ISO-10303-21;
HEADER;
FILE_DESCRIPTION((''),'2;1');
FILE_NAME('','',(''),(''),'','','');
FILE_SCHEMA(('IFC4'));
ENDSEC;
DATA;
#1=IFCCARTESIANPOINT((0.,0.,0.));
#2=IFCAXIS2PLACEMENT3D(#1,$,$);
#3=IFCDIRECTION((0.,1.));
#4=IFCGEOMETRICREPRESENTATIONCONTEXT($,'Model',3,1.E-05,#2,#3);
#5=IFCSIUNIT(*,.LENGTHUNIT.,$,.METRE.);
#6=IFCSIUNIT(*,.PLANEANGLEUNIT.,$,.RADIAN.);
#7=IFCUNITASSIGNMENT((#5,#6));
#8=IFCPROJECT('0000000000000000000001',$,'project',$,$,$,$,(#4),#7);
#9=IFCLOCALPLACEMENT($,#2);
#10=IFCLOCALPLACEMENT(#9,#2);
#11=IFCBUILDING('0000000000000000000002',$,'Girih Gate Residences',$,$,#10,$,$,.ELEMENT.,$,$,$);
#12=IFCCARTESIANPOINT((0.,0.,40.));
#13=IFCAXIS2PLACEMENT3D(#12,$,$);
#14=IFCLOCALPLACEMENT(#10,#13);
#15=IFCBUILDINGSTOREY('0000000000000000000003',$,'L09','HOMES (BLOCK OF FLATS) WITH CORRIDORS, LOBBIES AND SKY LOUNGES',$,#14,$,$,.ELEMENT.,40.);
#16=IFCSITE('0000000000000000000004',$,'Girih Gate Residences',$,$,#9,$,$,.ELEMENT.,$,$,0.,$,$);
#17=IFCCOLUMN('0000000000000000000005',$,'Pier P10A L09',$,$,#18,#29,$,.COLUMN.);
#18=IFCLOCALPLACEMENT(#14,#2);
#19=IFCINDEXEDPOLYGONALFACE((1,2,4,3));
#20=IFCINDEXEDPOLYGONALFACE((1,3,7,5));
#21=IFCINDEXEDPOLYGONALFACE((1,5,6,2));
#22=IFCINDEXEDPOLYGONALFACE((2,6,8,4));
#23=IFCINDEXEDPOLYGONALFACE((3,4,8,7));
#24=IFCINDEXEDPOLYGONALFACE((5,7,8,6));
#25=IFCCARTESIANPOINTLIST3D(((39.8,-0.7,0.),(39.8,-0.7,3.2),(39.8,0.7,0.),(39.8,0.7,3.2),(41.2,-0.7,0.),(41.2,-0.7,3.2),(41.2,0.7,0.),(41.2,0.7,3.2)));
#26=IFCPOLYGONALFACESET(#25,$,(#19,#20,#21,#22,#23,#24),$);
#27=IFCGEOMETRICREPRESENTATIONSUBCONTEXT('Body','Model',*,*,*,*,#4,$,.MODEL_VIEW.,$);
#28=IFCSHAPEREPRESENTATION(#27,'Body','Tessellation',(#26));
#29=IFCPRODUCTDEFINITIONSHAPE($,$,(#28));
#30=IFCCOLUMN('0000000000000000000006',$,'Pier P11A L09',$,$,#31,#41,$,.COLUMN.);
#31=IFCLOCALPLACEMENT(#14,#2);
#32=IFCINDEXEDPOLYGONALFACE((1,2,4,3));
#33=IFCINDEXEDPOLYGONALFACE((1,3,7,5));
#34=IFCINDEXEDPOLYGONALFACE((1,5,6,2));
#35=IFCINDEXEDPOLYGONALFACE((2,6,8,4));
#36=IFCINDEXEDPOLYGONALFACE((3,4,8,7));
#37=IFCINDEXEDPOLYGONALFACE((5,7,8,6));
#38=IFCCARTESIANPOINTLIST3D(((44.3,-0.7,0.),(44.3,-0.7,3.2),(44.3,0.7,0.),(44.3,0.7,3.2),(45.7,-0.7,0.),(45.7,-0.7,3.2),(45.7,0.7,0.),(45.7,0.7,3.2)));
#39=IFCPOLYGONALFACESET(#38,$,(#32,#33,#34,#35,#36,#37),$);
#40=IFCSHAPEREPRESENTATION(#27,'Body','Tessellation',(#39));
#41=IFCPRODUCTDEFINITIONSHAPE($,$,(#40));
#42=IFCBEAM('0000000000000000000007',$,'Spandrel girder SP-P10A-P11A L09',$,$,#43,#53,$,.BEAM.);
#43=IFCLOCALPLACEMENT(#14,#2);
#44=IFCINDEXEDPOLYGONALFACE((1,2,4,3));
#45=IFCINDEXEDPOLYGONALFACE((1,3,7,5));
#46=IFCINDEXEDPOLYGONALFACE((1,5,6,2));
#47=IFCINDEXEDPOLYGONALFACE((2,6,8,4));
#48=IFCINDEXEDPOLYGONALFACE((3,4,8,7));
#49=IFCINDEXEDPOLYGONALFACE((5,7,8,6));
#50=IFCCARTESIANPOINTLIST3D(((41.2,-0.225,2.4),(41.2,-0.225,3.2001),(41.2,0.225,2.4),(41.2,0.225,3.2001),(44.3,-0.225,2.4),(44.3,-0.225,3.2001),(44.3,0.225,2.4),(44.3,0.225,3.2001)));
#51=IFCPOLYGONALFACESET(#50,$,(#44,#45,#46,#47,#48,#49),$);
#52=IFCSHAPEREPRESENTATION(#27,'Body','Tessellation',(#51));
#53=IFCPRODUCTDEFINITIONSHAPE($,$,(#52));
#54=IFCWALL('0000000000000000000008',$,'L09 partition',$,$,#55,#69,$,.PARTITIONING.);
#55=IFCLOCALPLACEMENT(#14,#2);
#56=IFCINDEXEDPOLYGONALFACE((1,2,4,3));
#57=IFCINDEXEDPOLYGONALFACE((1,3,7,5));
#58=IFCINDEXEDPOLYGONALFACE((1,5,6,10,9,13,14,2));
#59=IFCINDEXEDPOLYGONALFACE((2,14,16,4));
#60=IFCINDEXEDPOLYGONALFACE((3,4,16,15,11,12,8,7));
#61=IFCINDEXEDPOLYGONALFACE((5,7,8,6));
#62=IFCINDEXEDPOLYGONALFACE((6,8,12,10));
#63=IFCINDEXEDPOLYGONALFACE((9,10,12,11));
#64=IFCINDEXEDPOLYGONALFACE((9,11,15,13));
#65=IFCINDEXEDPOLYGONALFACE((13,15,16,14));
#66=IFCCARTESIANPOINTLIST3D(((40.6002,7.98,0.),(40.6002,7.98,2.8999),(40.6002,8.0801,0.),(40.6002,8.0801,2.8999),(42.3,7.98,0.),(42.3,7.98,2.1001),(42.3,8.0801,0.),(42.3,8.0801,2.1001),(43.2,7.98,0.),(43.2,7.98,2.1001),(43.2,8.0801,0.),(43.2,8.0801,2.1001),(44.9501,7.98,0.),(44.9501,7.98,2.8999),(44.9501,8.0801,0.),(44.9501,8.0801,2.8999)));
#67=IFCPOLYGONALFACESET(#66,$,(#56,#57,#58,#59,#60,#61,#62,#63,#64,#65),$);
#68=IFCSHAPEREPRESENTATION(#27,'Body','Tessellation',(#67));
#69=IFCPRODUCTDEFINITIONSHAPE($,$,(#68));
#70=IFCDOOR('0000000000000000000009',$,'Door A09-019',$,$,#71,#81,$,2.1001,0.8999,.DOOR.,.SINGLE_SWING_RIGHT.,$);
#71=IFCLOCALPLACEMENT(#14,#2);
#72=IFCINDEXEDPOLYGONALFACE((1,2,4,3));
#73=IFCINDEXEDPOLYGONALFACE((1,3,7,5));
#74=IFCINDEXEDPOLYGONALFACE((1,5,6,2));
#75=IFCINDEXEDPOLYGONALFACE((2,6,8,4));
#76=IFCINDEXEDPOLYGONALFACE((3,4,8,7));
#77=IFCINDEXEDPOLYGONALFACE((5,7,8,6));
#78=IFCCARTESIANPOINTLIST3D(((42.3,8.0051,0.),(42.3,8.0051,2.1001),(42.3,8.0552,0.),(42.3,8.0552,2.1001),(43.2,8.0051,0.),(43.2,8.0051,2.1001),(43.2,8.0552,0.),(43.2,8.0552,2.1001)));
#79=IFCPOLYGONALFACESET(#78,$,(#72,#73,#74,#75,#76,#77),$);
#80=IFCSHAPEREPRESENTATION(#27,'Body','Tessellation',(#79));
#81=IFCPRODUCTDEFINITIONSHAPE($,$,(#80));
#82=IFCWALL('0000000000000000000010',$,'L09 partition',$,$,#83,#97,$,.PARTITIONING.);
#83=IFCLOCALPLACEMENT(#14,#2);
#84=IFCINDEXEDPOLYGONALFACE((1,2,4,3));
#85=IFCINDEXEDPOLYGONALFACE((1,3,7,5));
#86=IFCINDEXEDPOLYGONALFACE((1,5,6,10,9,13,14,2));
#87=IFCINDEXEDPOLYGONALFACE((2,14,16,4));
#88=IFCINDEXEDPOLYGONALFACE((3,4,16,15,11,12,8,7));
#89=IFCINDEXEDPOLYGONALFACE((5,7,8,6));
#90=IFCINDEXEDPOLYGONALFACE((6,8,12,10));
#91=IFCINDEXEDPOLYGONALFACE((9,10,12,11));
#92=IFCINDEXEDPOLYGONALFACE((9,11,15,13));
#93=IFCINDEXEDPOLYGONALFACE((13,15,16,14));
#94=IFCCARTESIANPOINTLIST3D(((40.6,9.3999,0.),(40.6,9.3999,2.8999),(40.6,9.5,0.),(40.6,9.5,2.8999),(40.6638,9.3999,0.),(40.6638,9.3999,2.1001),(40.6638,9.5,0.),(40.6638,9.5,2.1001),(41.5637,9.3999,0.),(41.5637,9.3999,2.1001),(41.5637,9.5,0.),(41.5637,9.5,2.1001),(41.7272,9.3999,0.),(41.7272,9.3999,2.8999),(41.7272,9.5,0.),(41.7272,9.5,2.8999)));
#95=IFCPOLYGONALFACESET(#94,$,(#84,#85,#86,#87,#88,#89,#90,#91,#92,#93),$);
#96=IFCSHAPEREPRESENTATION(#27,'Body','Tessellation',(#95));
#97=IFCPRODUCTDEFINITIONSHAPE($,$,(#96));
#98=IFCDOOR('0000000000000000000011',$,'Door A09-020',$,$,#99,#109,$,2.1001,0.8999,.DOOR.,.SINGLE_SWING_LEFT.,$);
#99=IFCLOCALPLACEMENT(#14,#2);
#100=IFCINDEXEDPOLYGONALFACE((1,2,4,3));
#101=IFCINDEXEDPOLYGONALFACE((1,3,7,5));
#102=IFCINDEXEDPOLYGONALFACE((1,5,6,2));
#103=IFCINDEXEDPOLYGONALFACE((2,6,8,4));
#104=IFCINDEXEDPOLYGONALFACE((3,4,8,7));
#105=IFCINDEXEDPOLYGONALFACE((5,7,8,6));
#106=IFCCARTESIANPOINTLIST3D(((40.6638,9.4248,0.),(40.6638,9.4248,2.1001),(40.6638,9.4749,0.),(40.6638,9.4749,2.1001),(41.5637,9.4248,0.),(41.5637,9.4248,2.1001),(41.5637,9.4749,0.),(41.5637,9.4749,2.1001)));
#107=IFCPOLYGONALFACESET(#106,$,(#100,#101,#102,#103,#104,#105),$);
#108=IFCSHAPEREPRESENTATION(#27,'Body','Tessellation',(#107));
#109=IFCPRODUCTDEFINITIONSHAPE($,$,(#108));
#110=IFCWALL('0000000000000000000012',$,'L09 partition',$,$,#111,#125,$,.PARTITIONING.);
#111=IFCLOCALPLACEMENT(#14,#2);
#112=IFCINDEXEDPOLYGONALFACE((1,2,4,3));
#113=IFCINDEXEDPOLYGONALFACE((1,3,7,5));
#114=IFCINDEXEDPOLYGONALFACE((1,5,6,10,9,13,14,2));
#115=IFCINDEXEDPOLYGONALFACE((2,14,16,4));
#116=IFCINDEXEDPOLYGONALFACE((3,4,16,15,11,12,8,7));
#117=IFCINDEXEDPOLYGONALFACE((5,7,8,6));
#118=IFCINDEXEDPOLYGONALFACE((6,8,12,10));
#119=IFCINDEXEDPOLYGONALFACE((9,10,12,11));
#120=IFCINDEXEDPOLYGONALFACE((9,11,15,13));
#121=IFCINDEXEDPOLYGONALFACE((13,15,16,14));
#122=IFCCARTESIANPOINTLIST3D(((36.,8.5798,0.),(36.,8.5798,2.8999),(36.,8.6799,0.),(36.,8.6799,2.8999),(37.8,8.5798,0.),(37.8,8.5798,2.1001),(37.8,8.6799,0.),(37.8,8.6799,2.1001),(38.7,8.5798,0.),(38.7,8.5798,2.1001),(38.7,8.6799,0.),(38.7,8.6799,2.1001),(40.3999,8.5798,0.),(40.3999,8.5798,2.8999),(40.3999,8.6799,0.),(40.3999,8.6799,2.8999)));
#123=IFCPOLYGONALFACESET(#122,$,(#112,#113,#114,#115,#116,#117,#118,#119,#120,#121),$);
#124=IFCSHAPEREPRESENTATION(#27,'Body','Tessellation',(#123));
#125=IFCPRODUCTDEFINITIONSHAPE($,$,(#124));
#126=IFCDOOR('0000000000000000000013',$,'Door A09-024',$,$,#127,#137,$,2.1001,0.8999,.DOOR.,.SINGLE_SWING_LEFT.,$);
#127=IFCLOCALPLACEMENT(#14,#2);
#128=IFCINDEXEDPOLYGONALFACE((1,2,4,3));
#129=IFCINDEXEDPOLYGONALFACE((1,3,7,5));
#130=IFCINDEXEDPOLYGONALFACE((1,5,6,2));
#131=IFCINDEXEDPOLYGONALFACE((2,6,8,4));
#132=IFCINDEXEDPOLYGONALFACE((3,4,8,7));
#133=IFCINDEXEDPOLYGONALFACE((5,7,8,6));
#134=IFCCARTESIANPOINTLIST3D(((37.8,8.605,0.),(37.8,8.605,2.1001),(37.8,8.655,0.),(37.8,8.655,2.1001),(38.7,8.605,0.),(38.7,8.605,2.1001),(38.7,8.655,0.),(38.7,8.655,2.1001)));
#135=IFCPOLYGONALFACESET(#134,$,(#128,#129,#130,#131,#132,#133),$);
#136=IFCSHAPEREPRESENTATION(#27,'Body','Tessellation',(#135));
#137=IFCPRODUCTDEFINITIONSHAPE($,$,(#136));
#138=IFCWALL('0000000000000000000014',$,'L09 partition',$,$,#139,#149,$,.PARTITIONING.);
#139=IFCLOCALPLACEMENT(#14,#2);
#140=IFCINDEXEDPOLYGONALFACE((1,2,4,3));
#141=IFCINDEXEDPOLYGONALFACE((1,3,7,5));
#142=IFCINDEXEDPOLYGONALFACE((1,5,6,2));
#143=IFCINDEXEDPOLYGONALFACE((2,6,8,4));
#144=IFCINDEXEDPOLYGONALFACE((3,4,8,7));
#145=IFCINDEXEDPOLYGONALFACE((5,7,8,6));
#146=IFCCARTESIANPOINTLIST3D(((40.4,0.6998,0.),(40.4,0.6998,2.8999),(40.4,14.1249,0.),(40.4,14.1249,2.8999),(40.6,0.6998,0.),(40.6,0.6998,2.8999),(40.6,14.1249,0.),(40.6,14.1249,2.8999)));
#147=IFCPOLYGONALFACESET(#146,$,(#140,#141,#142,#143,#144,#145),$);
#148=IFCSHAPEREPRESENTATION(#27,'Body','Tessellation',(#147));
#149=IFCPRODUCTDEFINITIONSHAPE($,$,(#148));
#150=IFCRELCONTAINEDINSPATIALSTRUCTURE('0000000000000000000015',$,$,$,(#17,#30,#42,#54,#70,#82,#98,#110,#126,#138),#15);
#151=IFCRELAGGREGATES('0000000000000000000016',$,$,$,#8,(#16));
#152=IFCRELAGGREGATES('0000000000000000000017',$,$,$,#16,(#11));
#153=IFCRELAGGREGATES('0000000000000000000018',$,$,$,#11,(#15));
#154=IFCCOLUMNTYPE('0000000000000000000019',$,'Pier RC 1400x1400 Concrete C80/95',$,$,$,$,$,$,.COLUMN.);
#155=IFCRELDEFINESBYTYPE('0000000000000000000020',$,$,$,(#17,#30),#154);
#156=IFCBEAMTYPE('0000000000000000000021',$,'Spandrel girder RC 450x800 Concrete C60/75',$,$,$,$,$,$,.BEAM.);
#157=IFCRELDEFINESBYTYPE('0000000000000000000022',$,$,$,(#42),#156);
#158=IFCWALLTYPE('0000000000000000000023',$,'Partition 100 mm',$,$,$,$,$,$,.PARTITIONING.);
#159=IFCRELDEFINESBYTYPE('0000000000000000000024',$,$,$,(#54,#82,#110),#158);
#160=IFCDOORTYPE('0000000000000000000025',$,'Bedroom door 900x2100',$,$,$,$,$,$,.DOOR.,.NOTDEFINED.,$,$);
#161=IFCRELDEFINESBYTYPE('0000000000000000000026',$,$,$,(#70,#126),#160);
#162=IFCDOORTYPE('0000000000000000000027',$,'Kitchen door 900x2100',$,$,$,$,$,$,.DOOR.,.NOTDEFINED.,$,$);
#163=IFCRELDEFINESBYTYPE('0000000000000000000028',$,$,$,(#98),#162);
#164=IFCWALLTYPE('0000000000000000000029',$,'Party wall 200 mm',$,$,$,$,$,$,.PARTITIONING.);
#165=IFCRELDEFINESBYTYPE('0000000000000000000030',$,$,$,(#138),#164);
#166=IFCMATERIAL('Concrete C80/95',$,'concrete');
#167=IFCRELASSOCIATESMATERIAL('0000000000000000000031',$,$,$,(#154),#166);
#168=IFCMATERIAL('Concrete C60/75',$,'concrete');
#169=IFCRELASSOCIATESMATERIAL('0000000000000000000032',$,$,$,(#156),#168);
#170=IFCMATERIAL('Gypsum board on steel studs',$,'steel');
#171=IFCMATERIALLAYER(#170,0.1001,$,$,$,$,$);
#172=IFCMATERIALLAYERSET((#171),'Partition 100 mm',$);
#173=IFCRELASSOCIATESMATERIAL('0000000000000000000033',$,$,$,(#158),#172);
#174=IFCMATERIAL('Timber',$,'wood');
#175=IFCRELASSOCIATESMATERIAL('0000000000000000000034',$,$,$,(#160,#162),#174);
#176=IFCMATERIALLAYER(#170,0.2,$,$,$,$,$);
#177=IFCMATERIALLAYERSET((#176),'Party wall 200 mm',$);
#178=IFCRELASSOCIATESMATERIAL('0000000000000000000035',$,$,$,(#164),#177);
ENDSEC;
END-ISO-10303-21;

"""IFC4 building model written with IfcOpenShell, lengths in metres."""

from ifc_helpers import new_model, si_unit, direction, frame, frame_2d, origin, origin_2d, place, context, subcontext, project, spatial, rectangle, extrude, material, layer, layer_set, material_profile, profile_set, type_object, element, fill, save


model = new_model("IFC4")

# Units and contexts
model_context = context("Model", 3, precision=1e-05, world=origin(), true_north=direction((0.0, 1.0)))
body_context = subcontext(model_context, "Body", "Model", "MODEL_VIEW")
ifc_project = project(units=[si_unit("LENGTHUNIT", "METRE"), si_unit("PLANEANGLEUNIT", "RADIAN")], contexts=[model_context])

# Site, building, storey
site_placement = place(None, origin())
site = spatial("IfcSite", under=ifc_project, at=site_placement, Name="Girih Gate Residences", CompositionType="ELEMENT", RefElevation=0.0)
building_placement = place(site_placement, origin())
building = spatial("IfcBuilding", under=site, at=building_placement, Name="Girih Gate Residences", CompositionType="ELEMENT")
storey_placement = place(building_placement, frame((0.0, 0.0, 40.0)))
storey = spatial("IfcBuildingStorey", under=building, at=storey_placement, Name="L09", Description="HOMES (BLOCK OF FLATS) WITH CORRIDORS, LOBBIES AND SKY LOUNGES", CompositionType="ELEMENT", Elevation=40.0)

# Columns
ifc_material_1 = material(Name="Concrete C80/95", Category="concrete")
ifc_material_profile_1 = material_profile(ifc_material_1, rectangle(XDim=1.3999, YDim=1.3999, at=origin_2d()))
ifc_profile_set_1 = profile_set([ifc_material_profile_1], Name="Concrete C80/95")
column_type = type_object("IfcColumnType", Name="Pier RC 1400x1400 Concrete C80/95", PredefinedType="COLUMN", material=ifc_profile_set_1)
for number, where, z_axis, x_axis, name in (
    (1, (40.5, 0.0, 0.0), (0.0, 0.0, 1.0), (1.0, 0.0, 0.0), "Pier P10A L09"),
    (2, (45.0, 0.0, 0.0), (0.0, 0.0, 1.0), (1.0, 0.0, 0.0), "Pier P11A L09"),
):
    element("IfcColumn", number, at=place(storey_placement, frame(where, z_axis=z_axis, x_axis=x_axis)), inside=storey, type_object=column_type, Name=name, PredefinedType="COLUMN", context=body_context, shape_type="SweptSolid", body=[
        extrude(rectangle(XDim=1.3999, YDim=1.3999, at=origin_2d()), origin(), (0.0, 0.0, 1.0), 3.2),
    ])

# Beam
ifc_material_2 = material(Name="Concrete C60/75", Category="concrete")
ifc_material_profile_2 = material_profile(ifc_material_2, rectangle(XDim=0.45, YDim=0.8, at=origin_2d()))
ifc_profile_set_2 = profile_set([ifc_material_profile_2], Name="Concrete C60/75")
beam_type = type_object("IfcBeamType", Name="Spandrel girder RC 450x800 Concrete C60/75", PredefinedType="BEAM", material=ifc_profile_set_2)
beam_placement = place(storey_placement, frame((41.2, 0.0, 2.8), z_axis=(1.0, 0.0, 0.0), x_axis=(0.0, 1.0, 0.0)))
element("IfcBeam", 3, at=beam_placement, inside=storey, type_object=beam_type, Name="Spandrel girder SP-P10A-P11A L09", PredefinedType="BEAM", context=body_context, shape_type="SweptSolid", body=[
    extrude(rectangle(XDim=0.45, YDim=0.8, at=origin_2d()), origin(), (0.0, 0.0, 1.0), 3.1001),
])

# Walls, openings, doors
ifc_material_3 = material(Name="Gypsum board on steel studs", Category="steel")
ifc_layer_1 = layer(ifc_material_3, 0.1001)
ifc_layer_set_1 = layer_set([ifc_layer_1], Name="Partition 100 mm")
wall_type_1 = type_object("IfcWallType", Name="Partition 100 mm", PredefinedType="PARTITIONING", material=ifc_layer_set_1)
wall_1_placement = place(storey_placement, frame((44.95, 8.03, 0.0), z_axis=(0.0, 0.0, 1.0), x_axis=(-1.0, 0.0, 0.0)))
wall_1 = element("IfcWall", 4, at=wall_1_placement, inside=storey, type_object=wall_type_1, Name="L09 partition", PredefinedType="PARTITIONING", context=body_context, shape_type="SweptSolid", body=[
    extrude(rectangle(XDim=4.3499, YDim=0.1001, at=frame_2d((2.1748, 0.0))), origin(), (0.0, 0.0, 1.0), 2.8999),
])
opening_1_placement = place(wall_1_placement, frame((1.75, 0.0, 0.0)))
opening_1 = element("IfcOpeningElement", 5, at=opening_1_placement, cuts=wall_1, PredefinedType="OPENING", context=body_context, shape_type="SweptSolid", body=[
    extrude(rectangle(XDim=0.8999, YDim=2.1001, at=frame_2d((0.45, 1.05))), frame((0.0, 0.0601, 0.0), z_axis=(0.0, -1.0, 0.0), x_axis=(1.0, 0.0, 0.0)), (0.0, 0.0, 1.0), 0.1201),
])
ifc_material_4 = material(Name="Timber", Category="wood")
door_type_1 = type_object("IfcDoorType", Name="Bedroom door 900x2100", OperationType="NOTDEFINED", PredefinedType="DOOR", material=ifc_material_4)
door_1_placement = place(opening_1_placement, origin())
door_1 = element("IfcDoor", 6, at=door_1_placement, inside=storey, type_object=door_type_1, Name="Door A09-019", OperationType="SINGLE_SWING_RIGHT", OverallHeight=2.1001, OverallWidth=0.8999, PredefinedType="DOOR", context=body_context, shape_type="SweptSolid", body=[
    extrude(rectangle(XDim=0.8999, YDim=2.1001, at=frame_2d((0.45, 1.05))), frame((0.0, 0.0249, 0.0), z_axis=(0.0, -1.0, 0.0), x_axis=(1.0, 0.0, 0.0)), (0.0, 0.0, 1.0), 0.05),
])
fill(opening_1, door_1)
wall_2_placement = place(storey_placement, frame((40.6001, 9.45, 0.0), z_axis=(0.0, 0.0, 1.0), x_axis=(1.0, 0.0, 0.0)))
wall_2 = element("IfcWall", 7, at=wall_2_placement, inside=storey, type_object=wall_type_1, Name="L09 partition", PredefinedType="PARTITIONING", context=body_context, shape_type="SweptSolid", body=[
    extrude(rectangle(XDim=1.1272, YDim=0.1001, at=frame_2d((0.5635, 0.0))), origin(), (0.0, 0.0, 1.0), 2.8999),
])
opening_2_placement = place(wall_2_placement, frame((0.0637, 0.0, 0.0)))
opening_2 = element("IfcOpeningElement", 8, at=opening_2_placement, cuts=wall_2, PredefinedType="OPENING", context=body_context, shape_type="SweptSolid", body=[
    extrude(rectangle(XDim=0.8999, YDim=2.1001, at=frame_2d((0.45, 1.05))), frame((0.0, 0.0601, 0.0), z_axis=(0.0, -1.0, 0.0), x_axis=(1.0, 0.0, 0.0)), (0.0, 0.0, 1.0), 0.1201),
])
door_type_2 = type_object("IfcDoorType", Name="Kitchen door 900x2100", OperationType="NOTDEFINED", PredefinedType="DOOR", material=ifc_material_4)
door_2_placement = place(opening_2_placement, origin())
door_2 = element("IfcDoor", 9, at=door_2_placement, inside=storey, type_object=door_type_2, Name="Door A09-020", OperationType="SINGLE_SWING_LEFT", OverallHeight=2.1001, OverallWidth=0.8999, PredefinedType="DOOR", context=body_context, shape_type="SweptSolid", body=[
    extrude(rectangle(XDim=0.8999, YDim=2.1001, at=frame_2d((0.45, 1.05))), frame((0.0, 0.0249, 0.0), z_axis=(0.0, -1.0, 0.0), x_axis=(1.0, 0.0, 0.0)), (0.0, 0.0, 1.0), 0.05),
])
fill(opening_2, door_2)
wall_3_placement = place(storey_placement, frame((40.3999, 8.6299, 0.0), z_axis=(0.0, 0.0, 1.0), x_axis=(-1.0, 0.0, 0.0)))
wall_3 = element("IfcWall", 10, at=wall_3_placement, inside=storey, type_object=wall_type_1, Name="L09 partition", PredefinedType="PARTITIONING", context=body_context, shape_type="SweptSolid", body=[
    extrude(rectangle(XDim=4.3999, YDim=0.1001, at=frame_2d((2.2, 0.0))), origin(), (0.0, 0.0, 1.0), 2.8999),
])
opening_3_placement = place(wall_3_placement, frame((1.7, 0.0, 0.0)))
opening_3 = element("IfcOpeningElement", 11, at=opening_3_placement, cuts=wall_3, PredefinedType="OPENING", context=body_context, shape_type="SweptSolid", body=[
    extrude(rectangle(XDim=0.8999, YDim=2.1001, at=frame_2d((0.45, 1.05))), frame((0.0, 0.0601, 0.0), z_axis=(0.0, -1.0, 0.0), x_axis=(1.0, 0.0, 0.0)), (0.0, 0.0, 1.0), 0.1201),
])
door_3_placement = place(opening_3_placement, origin())
door_3 = element("IfcDoor", 12, at=door_3_placement, inside=storey, type_object=door_type_1, Name="Door A09-024", OperationType="SINGLE_SWING_LEFT", OverallHeight=2.1001, OverallWidth=0.8999, PredefinedType="DOOR", context=body_context, shape_type="SweptSolid", body=[
    extrude(rectangle(XDim=0.8999, YDim=2.1001, at=frame_2d((0.45, 1.05))), frame((0.0, 0.0249, 0.0), z_axis=(0.0, -1.0, 0.0), x_axis=(1.0, 0.0, 0.0)), (0.0, 0.0, 1.0), 0.05),
])
fill(opening_3, door_3)

# Wall
ifc_layer_2 = layer(ifc_material_3, 0.2)
ifc_layer_set_2 = layer_set([ifc_layer_2], Name="Party wall 200 mm")
wall_type_2 = type_object("IfcWallType", Name="Party wall 200 mm", PredefinedType="PARTITIONING", material=ifc_layer_set_2)
wall_4_placement = place(storey_placement, frame((40.5, 0.7, 0.0), z_axis=(0.0, 0.0, 1.0), x_axis=(0.0, 1.0, 0.0)))
element("IfcWall", 13, at=wall_4_placement, inside=storey, type_object=wall_type_2, Name="L09 partition", PredefinedType="PARTITIONING", context=body_context, shape_type="SweptSolid", body=[
    extrude(rectangle(XDim=13.425, YDim=0.2, at=frame_2d((6.7124, 0.0))), origin(), (0.0, 0.0, 1.0), 2.8999),
])

save(model, "model.ifc")
